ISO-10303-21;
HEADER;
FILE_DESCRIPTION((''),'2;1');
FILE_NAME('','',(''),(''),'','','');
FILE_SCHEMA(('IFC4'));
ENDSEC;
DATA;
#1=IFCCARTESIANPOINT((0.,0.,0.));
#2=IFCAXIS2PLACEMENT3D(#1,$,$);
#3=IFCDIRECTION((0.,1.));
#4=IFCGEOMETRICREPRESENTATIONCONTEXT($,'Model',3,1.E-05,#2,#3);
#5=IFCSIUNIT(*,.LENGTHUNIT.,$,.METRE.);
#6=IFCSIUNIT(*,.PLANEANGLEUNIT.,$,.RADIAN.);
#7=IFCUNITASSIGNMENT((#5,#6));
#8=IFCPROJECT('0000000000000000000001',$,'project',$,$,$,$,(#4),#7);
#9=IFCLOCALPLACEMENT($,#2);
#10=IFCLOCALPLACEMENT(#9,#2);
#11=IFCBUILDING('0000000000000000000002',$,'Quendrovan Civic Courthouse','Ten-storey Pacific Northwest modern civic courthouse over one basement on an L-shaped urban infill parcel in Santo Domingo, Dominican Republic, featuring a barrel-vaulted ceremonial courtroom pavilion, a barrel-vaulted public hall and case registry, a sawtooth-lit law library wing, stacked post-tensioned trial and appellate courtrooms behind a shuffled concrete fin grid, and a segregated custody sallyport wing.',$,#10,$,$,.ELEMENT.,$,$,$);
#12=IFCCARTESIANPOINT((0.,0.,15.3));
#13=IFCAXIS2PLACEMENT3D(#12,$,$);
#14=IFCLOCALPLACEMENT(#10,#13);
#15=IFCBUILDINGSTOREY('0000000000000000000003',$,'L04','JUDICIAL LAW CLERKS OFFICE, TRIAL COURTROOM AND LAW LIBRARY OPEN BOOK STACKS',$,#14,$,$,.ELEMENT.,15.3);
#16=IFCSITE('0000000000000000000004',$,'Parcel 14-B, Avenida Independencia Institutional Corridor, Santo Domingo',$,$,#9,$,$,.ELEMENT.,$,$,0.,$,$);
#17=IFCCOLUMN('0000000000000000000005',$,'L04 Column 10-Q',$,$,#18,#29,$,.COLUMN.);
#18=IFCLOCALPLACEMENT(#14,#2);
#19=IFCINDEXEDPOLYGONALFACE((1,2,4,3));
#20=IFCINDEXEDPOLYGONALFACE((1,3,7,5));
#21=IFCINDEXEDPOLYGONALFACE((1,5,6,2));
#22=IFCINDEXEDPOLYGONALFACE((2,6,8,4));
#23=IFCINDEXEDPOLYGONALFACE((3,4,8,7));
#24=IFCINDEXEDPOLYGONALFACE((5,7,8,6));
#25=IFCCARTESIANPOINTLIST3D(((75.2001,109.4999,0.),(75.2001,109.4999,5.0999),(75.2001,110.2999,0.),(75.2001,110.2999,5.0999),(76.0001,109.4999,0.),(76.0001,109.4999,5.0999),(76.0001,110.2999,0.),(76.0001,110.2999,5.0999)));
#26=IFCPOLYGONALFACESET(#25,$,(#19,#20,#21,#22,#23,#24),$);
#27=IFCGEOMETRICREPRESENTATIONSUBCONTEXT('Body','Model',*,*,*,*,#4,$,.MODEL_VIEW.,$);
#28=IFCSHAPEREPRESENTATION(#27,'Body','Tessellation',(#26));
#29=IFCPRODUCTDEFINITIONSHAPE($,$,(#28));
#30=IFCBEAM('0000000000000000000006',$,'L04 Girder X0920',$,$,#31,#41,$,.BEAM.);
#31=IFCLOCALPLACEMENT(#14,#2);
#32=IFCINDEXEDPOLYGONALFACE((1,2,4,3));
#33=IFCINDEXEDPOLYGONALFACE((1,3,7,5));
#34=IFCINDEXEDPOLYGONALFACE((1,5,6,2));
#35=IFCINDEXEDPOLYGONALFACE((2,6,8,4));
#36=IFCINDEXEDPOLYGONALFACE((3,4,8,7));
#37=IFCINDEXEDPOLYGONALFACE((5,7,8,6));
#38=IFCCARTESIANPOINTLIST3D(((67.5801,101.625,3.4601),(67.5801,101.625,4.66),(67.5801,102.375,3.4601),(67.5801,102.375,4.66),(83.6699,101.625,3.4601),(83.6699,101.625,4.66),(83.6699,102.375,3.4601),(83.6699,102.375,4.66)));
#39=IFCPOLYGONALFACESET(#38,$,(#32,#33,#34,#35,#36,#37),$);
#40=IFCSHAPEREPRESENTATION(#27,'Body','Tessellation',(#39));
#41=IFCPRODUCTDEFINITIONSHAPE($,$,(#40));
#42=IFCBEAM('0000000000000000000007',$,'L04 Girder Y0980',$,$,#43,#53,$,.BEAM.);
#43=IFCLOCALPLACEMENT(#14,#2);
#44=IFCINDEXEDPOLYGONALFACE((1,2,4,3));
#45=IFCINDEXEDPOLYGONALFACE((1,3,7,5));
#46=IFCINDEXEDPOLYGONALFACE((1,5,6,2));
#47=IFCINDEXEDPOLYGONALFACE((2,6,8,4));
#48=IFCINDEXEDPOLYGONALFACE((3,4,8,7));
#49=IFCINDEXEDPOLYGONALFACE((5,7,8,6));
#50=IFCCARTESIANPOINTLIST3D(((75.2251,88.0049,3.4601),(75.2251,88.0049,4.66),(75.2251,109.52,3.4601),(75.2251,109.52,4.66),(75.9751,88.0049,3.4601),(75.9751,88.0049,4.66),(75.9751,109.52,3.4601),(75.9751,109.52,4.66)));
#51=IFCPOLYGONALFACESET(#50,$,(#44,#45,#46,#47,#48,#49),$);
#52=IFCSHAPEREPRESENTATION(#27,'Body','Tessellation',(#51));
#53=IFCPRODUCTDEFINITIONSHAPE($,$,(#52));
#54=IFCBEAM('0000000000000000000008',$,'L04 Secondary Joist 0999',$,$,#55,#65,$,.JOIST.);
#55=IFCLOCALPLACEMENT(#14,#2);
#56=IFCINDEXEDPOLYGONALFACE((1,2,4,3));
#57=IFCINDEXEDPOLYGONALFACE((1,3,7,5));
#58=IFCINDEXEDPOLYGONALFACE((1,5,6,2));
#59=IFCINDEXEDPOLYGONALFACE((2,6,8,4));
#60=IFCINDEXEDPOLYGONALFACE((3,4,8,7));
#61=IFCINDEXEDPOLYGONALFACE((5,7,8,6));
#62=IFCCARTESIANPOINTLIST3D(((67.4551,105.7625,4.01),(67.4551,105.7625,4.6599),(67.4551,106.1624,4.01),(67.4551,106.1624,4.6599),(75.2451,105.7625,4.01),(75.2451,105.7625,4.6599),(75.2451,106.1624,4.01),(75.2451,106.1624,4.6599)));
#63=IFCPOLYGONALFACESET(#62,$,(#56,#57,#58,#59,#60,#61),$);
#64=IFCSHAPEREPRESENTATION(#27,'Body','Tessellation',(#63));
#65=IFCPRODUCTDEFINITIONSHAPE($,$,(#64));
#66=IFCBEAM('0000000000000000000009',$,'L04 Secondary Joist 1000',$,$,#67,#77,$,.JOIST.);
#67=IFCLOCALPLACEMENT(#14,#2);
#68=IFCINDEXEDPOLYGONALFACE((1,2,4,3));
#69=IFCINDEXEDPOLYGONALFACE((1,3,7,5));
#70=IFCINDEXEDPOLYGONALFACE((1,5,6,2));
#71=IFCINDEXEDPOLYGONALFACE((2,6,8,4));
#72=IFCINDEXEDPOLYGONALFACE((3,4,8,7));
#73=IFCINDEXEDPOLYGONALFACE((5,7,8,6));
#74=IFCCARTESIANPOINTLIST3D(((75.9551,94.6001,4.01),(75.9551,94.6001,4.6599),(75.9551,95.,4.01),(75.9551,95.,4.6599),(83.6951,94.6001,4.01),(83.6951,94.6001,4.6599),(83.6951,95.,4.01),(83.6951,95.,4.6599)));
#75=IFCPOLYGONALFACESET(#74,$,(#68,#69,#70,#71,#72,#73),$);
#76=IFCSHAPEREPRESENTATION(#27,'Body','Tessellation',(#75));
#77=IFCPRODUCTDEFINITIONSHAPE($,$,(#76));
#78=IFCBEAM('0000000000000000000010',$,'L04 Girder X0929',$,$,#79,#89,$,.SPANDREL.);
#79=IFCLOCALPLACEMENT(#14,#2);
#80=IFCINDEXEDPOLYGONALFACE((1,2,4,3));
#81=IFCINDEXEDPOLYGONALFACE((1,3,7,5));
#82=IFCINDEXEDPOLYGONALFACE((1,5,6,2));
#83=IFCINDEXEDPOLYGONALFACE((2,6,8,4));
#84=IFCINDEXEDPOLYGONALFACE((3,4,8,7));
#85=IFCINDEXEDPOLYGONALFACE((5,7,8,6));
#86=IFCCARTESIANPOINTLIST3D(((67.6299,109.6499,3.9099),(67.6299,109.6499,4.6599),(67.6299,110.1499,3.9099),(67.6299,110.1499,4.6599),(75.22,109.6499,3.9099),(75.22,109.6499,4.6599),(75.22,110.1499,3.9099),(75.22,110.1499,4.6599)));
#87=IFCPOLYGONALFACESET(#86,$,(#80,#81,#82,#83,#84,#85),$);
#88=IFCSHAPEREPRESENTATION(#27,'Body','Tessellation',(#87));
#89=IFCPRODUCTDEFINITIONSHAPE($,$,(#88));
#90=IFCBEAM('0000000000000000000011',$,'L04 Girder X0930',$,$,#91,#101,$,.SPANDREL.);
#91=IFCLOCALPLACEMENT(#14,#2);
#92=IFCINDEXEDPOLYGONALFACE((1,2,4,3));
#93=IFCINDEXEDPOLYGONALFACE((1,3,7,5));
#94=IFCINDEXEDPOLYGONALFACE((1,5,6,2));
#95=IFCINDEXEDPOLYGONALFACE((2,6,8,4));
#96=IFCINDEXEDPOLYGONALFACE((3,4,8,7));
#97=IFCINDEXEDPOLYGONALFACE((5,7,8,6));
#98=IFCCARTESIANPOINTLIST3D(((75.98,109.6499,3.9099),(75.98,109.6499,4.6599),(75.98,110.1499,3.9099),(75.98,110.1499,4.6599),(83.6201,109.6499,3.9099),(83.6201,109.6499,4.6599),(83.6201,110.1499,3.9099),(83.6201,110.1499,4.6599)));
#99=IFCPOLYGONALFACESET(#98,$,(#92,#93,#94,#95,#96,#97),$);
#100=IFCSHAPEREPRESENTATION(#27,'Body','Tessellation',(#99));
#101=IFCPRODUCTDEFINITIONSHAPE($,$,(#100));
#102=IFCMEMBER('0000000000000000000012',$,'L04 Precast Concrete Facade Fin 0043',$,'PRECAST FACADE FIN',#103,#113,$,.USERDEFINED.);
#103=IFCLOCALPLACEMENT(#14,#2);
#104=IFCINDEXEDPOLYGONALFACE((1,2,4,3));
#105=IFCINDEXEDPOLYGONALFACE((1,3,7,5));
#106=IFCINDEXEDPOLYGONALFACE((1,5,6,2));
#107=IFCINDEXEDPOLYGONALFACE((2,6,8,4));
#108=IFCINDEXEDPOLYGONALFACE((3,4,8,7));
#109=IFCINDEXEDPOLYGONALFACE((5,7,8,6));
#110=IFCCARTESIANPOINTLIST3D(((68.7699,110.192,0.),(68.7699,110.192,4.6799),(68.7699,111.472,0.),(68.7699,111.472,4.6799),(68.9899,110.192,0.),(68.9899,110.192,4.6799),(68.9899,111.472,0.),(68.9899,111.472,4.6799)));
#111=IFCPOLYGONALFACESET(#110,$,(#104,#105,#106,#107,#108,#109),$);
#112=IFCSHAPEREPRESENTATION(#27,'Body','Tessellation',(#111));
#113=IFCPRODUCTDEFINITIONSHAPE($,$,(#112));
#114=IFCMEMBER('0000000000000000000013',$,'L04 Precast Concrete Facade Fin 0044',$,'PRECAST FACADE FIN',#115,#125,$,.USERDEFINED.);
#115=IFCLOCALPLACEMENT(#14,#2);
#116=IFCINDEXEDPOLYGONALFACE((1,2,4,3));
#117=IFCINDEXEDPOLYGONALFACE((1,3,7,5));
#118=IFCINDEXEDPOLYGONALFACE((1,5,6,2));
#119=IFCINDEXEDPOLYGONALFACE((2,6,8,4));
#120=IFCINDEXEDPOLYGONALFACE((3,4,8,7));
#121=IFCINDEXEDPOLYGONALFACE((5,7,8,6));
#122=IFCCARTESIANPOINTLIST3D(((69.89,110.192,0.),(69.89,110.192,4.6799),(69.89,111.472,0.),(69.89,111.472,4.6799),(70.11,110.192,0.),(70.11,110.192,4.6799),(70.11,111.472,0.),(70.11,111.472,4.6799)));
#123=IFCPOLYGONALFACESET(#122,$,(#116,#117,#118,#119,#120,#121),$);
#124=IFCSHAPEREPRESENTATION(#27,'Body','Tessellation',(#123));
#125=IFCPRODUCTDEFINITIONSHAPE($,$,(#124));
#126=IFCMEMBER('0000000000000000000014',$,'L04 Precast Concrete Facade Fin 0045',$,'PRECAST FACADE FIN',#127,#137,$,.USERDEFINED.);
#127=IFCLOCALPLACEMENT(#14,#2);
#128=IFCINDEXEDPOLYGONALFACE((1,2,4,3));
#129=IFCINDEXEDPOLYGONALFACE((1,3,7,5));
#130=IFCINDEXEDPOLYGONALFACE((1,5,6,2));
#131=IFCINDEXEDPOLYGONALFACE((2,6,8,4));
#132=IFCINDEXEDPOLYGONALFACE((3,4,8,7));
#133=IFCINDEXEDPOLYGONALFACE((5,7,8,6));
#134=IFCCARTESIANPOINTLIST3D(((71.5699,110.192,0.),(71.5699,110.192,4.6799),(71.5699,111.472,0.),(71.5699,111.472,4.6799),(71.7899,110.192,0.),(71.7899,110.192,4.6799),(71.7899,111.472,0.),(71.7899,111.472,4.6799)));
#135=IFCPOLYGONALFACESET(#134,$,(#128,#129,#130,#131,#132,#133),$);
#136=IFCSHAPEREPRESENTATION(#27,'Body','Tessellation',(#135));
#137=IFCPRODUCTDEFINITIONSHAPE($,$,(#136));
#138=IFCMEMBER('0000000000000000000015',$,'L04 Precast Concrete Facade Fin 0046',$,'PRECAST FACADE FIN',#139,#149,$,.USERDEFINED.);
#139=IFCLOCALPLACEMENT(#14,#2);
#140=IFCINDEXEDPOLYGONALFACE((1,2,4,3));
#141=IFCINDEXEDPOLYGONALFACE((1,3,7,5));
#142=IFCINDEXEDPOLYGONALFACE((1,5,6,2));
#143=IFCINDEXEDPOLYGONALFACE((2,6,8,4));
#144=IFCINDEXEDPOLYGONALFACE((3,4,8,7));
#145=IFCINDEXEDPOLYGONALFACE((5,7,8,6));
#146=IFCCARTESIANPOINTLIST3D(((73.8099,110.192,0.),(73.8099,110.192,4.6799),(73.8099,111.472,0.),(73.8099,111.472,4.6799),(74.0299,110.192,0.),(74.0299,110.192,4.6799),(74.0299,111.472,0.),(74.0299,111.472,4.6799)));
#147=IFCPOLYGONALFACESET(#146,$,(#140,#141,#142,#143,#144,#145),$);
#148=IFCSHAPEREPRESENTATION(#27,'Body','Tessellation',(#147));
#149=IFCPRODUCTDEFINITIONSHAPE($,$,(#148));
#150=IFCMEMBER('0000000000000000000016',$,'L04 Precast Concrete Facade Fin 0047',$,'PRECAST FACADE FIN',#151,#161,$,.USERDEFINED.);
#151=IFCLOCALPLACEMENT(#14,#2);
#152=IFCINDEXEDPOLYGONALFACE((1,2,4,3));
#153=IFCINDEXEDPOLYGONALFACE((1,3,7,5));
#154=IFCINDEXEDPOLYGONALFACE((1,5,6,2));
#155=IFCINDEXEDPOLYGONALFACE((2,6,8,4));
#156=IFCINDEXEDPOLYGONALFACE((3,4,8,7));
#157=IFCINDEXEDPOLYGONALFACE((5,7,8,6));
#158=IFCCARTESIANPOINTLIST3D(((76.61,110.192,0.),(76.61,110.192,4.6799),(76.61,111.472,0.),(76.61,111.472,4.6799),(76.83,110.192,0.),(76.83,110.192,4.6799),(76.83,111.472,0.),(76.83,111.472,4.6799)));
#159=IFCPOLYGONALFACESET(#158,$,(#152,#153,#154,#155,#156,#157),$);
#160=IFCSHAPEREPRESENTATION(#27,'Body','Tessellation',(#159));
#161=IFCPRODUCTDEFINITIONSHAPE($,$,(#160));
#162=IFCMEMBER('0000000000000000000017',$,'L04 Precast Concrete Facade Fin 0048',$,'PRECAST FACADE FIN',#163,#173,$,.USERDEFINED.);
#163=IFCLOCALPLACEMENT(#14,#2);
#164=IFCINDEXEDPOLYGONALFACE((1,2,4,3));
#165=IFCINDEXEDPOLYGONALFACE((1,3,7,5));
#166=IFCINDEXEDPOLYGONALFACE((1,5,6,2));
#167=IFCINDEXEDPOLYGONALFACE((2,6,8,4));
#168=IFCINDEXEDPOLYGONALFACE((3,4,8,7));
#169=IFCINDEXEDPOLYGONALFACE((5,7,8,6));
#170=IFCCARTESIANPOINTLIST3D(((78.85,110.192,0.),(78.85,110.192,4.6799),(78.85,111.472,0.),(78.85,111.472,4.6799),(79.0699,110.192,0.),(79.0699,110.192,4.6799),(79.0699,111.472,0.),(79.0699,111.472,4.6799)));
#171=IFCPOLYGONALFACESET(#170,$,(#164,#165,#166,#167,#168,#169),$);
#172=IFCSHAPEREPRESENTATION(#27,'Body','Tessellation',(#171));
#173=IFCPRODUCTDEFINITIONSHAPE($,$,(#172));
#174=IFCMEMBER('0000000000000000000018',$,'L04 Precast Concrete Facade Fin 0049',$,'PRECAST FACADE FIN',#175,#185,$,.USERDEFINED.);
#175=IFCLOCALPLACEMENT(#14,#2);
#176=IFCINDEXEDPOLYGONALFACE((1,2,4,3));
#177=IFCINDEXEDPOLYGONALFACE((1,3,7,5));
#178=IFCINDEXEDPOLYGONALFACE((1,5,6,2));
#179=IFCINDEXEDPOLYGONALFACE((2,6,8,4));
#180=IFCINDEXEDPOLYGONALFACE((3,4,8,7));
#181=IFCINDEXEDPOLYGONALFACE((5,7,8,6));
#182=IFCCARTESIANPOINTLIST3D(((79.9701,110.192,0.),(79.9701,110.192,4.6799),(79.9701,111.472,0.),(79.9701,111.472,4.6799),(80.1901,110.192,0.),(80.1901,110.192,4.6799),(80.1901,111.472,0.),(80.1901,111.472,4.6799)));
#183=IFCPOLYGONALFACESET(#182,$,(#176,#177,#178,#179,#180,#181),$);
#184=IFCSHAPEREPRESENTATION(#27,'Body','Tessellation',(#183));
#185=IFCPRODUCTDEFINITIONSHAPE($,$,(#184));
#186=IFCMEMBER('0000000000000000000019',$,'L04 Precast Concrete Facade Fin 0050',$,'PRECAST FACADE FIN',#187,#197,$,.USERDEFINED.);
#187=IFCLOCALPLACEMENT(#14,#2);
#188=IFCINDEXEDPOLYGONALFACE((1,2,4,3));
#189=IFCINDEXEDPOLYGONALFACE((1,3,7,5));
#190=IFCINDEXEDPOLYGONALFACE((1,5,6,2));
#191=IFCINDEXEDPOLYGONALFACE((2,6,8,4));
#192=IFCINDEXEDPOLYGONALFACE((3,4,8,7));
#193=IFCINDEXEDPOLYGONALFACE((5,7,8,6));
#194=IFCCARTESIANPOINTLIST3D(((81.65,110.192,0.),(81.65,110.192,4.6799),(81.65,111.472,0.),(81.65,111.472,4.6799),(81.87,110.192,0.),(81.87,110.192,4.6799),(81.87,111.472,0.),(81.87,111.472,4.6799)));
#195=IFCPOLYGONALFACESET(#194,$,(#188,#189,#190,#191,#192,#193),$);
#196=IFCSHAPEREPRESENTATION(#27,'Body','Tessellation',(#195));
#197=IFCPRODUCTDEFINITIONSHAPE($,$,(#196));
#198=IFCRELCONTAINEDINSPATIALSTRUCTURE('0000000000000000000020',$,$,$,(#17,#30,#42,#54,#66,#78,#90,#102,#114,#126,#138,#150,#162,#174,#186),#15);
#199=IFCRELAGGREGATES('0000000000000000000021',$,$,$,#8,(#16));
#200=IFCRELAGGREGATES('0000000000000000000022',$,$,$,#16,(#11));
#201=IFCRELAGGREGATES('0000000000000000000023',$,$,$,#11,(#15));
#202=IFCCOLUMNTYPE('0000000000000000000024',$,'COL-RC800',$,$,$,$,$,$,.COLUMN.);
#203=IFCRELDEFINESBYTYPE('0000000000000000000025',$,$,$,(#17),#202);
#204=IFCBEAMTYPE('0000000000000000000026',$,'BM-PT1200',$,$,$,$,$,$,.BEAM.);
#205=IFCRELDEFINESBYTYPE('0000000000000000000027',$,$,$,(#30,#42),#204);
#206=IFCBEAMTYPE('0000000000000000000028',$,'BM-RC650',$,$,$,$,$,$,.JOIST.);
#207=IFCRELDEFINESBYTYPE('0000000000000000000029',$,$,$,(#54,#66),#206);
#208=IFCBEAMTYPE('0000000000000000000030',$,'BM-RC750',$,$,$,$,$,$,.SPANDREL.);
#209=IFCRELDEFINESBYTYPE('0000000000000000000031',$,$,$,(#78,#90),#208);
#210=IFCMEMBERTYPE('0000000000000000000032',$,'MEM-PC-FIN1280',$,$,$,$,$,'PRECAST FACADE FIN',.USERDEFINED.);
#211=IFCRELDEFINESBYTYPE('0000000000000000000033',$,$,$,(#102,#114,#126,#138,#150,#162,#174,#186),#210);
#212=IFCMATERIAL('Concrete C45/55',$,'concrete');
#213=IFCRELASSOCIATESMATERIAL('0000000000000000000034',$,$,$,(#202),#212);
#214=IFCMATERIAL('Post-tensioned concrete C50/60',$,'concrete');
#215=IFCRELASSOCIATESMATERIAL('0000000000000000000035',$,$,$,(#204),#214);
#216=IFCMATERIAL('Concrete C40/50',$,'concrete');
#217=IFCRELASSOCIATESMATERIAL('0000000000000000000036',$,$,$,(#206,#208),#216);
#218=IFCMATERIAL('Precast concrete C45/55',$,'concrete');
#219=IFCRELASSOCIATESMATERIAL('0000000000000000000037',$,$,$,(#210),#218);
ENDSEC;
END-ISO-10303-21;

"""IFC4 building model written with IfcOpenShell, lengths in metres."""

from ifc_helpers import new_model, si_unit, direction, frame, origin, origin_2d, place, context, subcontext, project, spatial, rectangle, extrude, material, material_profile, profile_set, type_object, element, save


model = new_model("IFC4")

# Units and contexts
model_context = context("Model", 3, precision=1e-05, world=origin(), true_north=direction((0.0, 1.0)))
body_context = subcontext(model_context, "Body", "Model", "MODEL_VIEW")
ifc_project = project(units=[si_unit("LENGTHUNIT", "METRE"), si_unit("PLANEANGLEUNIT", "RADIAN")], contexts=[model_context])

# Site, building, storey
site_placement = place(None, origin())
site = spatial("IfcSite", under=ifc_project, at=site_placement, Name="Parcel 14-B, Avenida Independencia Institutional Corridor, Santo Domingo", CompositionType="ELEMENT", RefElevation=0.0)
building_placement = place(site_placement, origin())
building = spatial("IfcBuilding", under=site, at=building_placement, Name="Quendrovan Civic Courthouse", Description="Ten-storey Pacific Northwest modern civic courthouse over one basement on an L-shaped urban infill parcel in Santo Domingo, Dominican Republic, featuring a barrel-vaulted ceremonial courtroom pavilion, a barrel-vaulted public hall and case registry, a sawtooth-lit law library wing, stacked post-tensioned trial and appellate courtrooms behind a shuffled concrete fin grid, and a segregated custody sallyport wing.", CompositionType="ELEMENT")
storey_placement = place(building_placement, frame((0.0, 0.0, 15.3)))
storey = spatial("IfcBuildingStorey", under=building, at=storey_placement, Name="L04", Description="JUDICIAL LAW CLERKS OFFICE, TRIAL COURTROOM AND LAW LIBRARY OPEN BOOK STACKS", CompositionType="ELEMENT", Elevation=15.3)

# Column
ifc_material_1 = material(Name="Concrete C45/55", Category="concrete")
ifc_material_profile_1 = material_profile(ifc_material_1, rectangle(XDim=0.8, YDim=0.8, at=origin_2d()), Name="RC-COL-800x800")
ifc_profile_set_1 = profile_set([ifc_material_profile_1], Name="Concrete C45/55")
column_type = type_object("IfcColumnType", Name="COL-RC800", PredefinedType="COLUMN", material=ifc_profile_set_1)
column_placement = place(storey_placement, frame((75.6001, 109.8999, 0.0), z_axis=(0.0, 0.0, 1.0), x_axis=(1.0, 0.0, 0.0)))
element("IfcColumn", 1, at=column_placement, inside=storey, type_object=column_type, Name="L04 Column 10-Q", PredefinedType="COLUMN", context=body_context, shape_type="SweptSolid", body=[
    extrude(rectangle(XDim=0.8, YDim=0.8, at=origin_2d()), origin(), (0.0, 0.0, 1.0), 5.0999),
])

# Beams
ifc_material_2 = material(Name="Post-tensioned concrete C50/60", Category="concrete")
ifc_material_profile_2 = material_profile(ifc_material_2, rectangle(XDim=0.75, YDim=1.2, at=origin_2d()), Name="PT-GIRD-750x1200")
ifc_profile_set_2 = profile_set([ifc_material_profile_2], Name="Post-tensioned concrete C50/60")
beam_type_1 = type_object("IfcBeamType", Name="BM-PT1200", PredefinedType="BEAM", material=ifc_profile_set_2)
beam_1_placement = place(storey_placement, frame((67.5801, 102.0, 4.0601), z_axis=(1.0, 0.0, 0.0), x_axis=(0.0, 1.0, 0.0)))
element("IfcBeam", 2, at=beam_1_placement, inside=storey, type_object=beam_type_1, Name="L04 Girder X0920", PredefinedType="BEAM", context=body_context, shape_type="SweptSolid", body=[
    extrude(rectangle(XDim=0.75, YDim=1.2, at=origin_2d()), origin(), (0.0, 0.0, 1.0), 16.0898),
])
beam_2_placement = place(storey_placement, frame((75.6001, 88.0049, 4.0601), z_axis=(0.0, 1.0, 0.0), x_axis=(-1.0, 0.0, 0.0)))
element("IfcBeam", 3, at=beam_2_placement, inside=storey, type_object=beam_type_1, Name="L04 Girder Y0980", PredefinedType="BEAM", context=body_context, shape_type="SweptSolid", body=[
    extrude(rectangle(XDim=0.75, YDim=1.2, at=origin_2d()), origin(), (0.0, 0.0, 1.0), 21.5151),
])
ifc_material_3 = material(Name="Concrete C40/50", Category="concrete")
ifc_material_profile_3 = material_profile(ifc_material_3, rectangle(XDim=0.3999, YDim=0.6499, at=origin_2d()), Name="RC-BM-400x650")
ifc_profile_set_3 = profile_set([ifc_material_profile_3], Name="Concrete C40/50")
beam_type_2 = type_object("IfcBeamType", Name="BM-RC650", PredefinedType="JOIST", material=ifc_profile_set_3)
beam_3_placement = place(storey_placement, frame((67.4551, 105.9624, 4.335), z_axis=(1.0, 0.0, 0.0), x_axis=(0.0, 1.0, 0.0)))
element("IfcBeam", 4, at=beam_3_placement, inside=storey, type_object=beam_type_2, Name="L04 Secondary Joist 0999", PredefinedType="JOIST", context=body_context, shape_type="SweptSolid", body=[
    extrude(rectangle(XDim=0.3999, YDim=0.6499, at=origin_2d()), origin(), (0.0, 0.0, 1.0), 7.79),
])
beam_4_placement = place(storey_placement, frame((75.9551, 94.8, 4.335), z_axis=(1.0, 0.0, 0.0), x_axis=(0.0, 1.0, 0.0)))
element("IfcBeam", 5, at=beam_4_placement, inside=storey, type_object=beam_type_2, Name="L04 Secondary Joist 1000", PredefinedType="JOIST", context=body_context, shape_type="SweptSolid", body=[
    extrude(rectangle(XDim=0.3999, YDim=0.6499, at=origin_2d()), origin(), (0.0, 0.0, 1.0), 7.74),
])
ifc_material_profile_4 = material_profile(ifc_material_3, rectangle(XDim=0.5, YDim=0.75, at=origin_2d()), Name="RC-BM-500x750")
ifc_profile_set_4 = profile_set([ifc_material_profile_4], Name="Concrete C40/50")
beam_type_3 = type_object("IfcBeamType", Name="BM-RC750", PredefinedType="SPANDREL", material=ifc_profile_set_4)
beam_5_placement = place(storey_placement, frame((67.6299, 109.8999, 4.2849), z_axis=(1.0, 0.0, 0.0), x_axis=(0.0, 1.0, 0.0)))
element("IfcBeam", 6, at=beam_5_placement, inside=storey, type_object=beam_type_3, Name="L04 Girder X0929", PredefinedType="SPANDREL", context=body_context, shape_type="SweptSolid", body=[
    extrude(rectangle(XDim=0.5, YDim=0.75, at=origin_2d()), origin(), (0.0, 0.0, 1.0), 7.5901),
])
beam_6_placement = place(storey_placement, frame((75.98, 109.8999, 4.2849), z_axis=(1.0, 0.0, 0.0), x_axis=(0.0, 1.0, 0.0)))
element("IfcBeam", 7, at=beam_6_placement, inside=storey, type_object=beam_type_3, Name="L04 Girder X0930", PredefinedType="SPANDREL", context=body_context, shape_type="SweptSolid", body=[
    extrude(rectangle(XDim=0.5, YDim=0.75, at=origin_2d()), origin(), (0.0, 0.0, 1.0), 7.6401),
])

# Members
ifc_material_4 = material(Name="Precast concrete C45/55", Category="concrete")
ifc_material_profile_5 = material_profile(ifc_material_4, rectangle(XDim=0.22, YDim=1.28, at=origin_2d()), Name="PC-FIN-220x1280")
ifc_profile_set_5 = profile_set([ifc_material_profile_5], Name="Precast concrete C45/55")
member_type = type_object("IfcMemberType", Name="MEM-PC-FIN1280", ElementType="PRECAST FACADE FIN", PredefinedType="USERDEFINED", material=ifc_profile_set_5)
for number, where, z_axis, x_axis, name in (
    (8, (68.8799, 110.832, 0.0), (0.0, 0.0, 1.0), (1.0, 0.0, 0.0), "L04 Precast Concrete Facade Fin 0043"),
    (9, (70.0, 110.832, 0.0), (0.0, 0.0, 1.0), (1.0, 0.0, 0.0), "L04 Precast Concrete Facade Fin 0044"),
    (10, (71.6799, 110.832, 0.0), (0.0, 0.0, 1.0), (1.0, 0.0, 0.0), "L04 Precast Concrete Facade Fin 0045"),
    (11, (73.9199, 110.832, 0.0), (0.0, 0.0, 1.0), (1.0, 0.0, 0.0), "L04 Precast Concrete Facade Fin 0046"),
    (12, (76.72, 110.832, 0.0), (0.0, 0.0, 1.0), (1.0, 0.0, 0.0), "L04 Precast Concrete Facade Fin 0047"),
    (13, (78.96, 110.832, 0.0), (0.0, 0.0, 1.0), (1.0, 0.0, 0.0), "L04 Precast Concrete Facade Fin 0048"),
    (14, (80.0801, 110.832, 0.0), (0.0, 0.0, 1.0), (1.0, 0.0, 0.0), "L04 Precast Concrete Facade Fin 0049"),
    (15, (81.76, 110.832, 0.0), (0.0, 0.0, 1.0), (1.0, 0.0, 0.0), "L04 Precast Concrete Facade Fin 0050"),
):
    element("IfcMember", number, at=place(storey_placement, frame(where, z_axis=z_axis, x_axis=x_axis)), inside=storey, type_object=member_type, Name=name, ObjectType="PRECAST FACADE FIN", PredefinedType="USERDEFINED", context=body_context, shape_type="SweptSolid", body=[
        extrude(rectangle(XDim=0.22, YDim=1.28, at=origin_2d()), origin(), (0.0, 0.0, 1.0), 4.6799),
    ])

save(model, "model.ifc")
